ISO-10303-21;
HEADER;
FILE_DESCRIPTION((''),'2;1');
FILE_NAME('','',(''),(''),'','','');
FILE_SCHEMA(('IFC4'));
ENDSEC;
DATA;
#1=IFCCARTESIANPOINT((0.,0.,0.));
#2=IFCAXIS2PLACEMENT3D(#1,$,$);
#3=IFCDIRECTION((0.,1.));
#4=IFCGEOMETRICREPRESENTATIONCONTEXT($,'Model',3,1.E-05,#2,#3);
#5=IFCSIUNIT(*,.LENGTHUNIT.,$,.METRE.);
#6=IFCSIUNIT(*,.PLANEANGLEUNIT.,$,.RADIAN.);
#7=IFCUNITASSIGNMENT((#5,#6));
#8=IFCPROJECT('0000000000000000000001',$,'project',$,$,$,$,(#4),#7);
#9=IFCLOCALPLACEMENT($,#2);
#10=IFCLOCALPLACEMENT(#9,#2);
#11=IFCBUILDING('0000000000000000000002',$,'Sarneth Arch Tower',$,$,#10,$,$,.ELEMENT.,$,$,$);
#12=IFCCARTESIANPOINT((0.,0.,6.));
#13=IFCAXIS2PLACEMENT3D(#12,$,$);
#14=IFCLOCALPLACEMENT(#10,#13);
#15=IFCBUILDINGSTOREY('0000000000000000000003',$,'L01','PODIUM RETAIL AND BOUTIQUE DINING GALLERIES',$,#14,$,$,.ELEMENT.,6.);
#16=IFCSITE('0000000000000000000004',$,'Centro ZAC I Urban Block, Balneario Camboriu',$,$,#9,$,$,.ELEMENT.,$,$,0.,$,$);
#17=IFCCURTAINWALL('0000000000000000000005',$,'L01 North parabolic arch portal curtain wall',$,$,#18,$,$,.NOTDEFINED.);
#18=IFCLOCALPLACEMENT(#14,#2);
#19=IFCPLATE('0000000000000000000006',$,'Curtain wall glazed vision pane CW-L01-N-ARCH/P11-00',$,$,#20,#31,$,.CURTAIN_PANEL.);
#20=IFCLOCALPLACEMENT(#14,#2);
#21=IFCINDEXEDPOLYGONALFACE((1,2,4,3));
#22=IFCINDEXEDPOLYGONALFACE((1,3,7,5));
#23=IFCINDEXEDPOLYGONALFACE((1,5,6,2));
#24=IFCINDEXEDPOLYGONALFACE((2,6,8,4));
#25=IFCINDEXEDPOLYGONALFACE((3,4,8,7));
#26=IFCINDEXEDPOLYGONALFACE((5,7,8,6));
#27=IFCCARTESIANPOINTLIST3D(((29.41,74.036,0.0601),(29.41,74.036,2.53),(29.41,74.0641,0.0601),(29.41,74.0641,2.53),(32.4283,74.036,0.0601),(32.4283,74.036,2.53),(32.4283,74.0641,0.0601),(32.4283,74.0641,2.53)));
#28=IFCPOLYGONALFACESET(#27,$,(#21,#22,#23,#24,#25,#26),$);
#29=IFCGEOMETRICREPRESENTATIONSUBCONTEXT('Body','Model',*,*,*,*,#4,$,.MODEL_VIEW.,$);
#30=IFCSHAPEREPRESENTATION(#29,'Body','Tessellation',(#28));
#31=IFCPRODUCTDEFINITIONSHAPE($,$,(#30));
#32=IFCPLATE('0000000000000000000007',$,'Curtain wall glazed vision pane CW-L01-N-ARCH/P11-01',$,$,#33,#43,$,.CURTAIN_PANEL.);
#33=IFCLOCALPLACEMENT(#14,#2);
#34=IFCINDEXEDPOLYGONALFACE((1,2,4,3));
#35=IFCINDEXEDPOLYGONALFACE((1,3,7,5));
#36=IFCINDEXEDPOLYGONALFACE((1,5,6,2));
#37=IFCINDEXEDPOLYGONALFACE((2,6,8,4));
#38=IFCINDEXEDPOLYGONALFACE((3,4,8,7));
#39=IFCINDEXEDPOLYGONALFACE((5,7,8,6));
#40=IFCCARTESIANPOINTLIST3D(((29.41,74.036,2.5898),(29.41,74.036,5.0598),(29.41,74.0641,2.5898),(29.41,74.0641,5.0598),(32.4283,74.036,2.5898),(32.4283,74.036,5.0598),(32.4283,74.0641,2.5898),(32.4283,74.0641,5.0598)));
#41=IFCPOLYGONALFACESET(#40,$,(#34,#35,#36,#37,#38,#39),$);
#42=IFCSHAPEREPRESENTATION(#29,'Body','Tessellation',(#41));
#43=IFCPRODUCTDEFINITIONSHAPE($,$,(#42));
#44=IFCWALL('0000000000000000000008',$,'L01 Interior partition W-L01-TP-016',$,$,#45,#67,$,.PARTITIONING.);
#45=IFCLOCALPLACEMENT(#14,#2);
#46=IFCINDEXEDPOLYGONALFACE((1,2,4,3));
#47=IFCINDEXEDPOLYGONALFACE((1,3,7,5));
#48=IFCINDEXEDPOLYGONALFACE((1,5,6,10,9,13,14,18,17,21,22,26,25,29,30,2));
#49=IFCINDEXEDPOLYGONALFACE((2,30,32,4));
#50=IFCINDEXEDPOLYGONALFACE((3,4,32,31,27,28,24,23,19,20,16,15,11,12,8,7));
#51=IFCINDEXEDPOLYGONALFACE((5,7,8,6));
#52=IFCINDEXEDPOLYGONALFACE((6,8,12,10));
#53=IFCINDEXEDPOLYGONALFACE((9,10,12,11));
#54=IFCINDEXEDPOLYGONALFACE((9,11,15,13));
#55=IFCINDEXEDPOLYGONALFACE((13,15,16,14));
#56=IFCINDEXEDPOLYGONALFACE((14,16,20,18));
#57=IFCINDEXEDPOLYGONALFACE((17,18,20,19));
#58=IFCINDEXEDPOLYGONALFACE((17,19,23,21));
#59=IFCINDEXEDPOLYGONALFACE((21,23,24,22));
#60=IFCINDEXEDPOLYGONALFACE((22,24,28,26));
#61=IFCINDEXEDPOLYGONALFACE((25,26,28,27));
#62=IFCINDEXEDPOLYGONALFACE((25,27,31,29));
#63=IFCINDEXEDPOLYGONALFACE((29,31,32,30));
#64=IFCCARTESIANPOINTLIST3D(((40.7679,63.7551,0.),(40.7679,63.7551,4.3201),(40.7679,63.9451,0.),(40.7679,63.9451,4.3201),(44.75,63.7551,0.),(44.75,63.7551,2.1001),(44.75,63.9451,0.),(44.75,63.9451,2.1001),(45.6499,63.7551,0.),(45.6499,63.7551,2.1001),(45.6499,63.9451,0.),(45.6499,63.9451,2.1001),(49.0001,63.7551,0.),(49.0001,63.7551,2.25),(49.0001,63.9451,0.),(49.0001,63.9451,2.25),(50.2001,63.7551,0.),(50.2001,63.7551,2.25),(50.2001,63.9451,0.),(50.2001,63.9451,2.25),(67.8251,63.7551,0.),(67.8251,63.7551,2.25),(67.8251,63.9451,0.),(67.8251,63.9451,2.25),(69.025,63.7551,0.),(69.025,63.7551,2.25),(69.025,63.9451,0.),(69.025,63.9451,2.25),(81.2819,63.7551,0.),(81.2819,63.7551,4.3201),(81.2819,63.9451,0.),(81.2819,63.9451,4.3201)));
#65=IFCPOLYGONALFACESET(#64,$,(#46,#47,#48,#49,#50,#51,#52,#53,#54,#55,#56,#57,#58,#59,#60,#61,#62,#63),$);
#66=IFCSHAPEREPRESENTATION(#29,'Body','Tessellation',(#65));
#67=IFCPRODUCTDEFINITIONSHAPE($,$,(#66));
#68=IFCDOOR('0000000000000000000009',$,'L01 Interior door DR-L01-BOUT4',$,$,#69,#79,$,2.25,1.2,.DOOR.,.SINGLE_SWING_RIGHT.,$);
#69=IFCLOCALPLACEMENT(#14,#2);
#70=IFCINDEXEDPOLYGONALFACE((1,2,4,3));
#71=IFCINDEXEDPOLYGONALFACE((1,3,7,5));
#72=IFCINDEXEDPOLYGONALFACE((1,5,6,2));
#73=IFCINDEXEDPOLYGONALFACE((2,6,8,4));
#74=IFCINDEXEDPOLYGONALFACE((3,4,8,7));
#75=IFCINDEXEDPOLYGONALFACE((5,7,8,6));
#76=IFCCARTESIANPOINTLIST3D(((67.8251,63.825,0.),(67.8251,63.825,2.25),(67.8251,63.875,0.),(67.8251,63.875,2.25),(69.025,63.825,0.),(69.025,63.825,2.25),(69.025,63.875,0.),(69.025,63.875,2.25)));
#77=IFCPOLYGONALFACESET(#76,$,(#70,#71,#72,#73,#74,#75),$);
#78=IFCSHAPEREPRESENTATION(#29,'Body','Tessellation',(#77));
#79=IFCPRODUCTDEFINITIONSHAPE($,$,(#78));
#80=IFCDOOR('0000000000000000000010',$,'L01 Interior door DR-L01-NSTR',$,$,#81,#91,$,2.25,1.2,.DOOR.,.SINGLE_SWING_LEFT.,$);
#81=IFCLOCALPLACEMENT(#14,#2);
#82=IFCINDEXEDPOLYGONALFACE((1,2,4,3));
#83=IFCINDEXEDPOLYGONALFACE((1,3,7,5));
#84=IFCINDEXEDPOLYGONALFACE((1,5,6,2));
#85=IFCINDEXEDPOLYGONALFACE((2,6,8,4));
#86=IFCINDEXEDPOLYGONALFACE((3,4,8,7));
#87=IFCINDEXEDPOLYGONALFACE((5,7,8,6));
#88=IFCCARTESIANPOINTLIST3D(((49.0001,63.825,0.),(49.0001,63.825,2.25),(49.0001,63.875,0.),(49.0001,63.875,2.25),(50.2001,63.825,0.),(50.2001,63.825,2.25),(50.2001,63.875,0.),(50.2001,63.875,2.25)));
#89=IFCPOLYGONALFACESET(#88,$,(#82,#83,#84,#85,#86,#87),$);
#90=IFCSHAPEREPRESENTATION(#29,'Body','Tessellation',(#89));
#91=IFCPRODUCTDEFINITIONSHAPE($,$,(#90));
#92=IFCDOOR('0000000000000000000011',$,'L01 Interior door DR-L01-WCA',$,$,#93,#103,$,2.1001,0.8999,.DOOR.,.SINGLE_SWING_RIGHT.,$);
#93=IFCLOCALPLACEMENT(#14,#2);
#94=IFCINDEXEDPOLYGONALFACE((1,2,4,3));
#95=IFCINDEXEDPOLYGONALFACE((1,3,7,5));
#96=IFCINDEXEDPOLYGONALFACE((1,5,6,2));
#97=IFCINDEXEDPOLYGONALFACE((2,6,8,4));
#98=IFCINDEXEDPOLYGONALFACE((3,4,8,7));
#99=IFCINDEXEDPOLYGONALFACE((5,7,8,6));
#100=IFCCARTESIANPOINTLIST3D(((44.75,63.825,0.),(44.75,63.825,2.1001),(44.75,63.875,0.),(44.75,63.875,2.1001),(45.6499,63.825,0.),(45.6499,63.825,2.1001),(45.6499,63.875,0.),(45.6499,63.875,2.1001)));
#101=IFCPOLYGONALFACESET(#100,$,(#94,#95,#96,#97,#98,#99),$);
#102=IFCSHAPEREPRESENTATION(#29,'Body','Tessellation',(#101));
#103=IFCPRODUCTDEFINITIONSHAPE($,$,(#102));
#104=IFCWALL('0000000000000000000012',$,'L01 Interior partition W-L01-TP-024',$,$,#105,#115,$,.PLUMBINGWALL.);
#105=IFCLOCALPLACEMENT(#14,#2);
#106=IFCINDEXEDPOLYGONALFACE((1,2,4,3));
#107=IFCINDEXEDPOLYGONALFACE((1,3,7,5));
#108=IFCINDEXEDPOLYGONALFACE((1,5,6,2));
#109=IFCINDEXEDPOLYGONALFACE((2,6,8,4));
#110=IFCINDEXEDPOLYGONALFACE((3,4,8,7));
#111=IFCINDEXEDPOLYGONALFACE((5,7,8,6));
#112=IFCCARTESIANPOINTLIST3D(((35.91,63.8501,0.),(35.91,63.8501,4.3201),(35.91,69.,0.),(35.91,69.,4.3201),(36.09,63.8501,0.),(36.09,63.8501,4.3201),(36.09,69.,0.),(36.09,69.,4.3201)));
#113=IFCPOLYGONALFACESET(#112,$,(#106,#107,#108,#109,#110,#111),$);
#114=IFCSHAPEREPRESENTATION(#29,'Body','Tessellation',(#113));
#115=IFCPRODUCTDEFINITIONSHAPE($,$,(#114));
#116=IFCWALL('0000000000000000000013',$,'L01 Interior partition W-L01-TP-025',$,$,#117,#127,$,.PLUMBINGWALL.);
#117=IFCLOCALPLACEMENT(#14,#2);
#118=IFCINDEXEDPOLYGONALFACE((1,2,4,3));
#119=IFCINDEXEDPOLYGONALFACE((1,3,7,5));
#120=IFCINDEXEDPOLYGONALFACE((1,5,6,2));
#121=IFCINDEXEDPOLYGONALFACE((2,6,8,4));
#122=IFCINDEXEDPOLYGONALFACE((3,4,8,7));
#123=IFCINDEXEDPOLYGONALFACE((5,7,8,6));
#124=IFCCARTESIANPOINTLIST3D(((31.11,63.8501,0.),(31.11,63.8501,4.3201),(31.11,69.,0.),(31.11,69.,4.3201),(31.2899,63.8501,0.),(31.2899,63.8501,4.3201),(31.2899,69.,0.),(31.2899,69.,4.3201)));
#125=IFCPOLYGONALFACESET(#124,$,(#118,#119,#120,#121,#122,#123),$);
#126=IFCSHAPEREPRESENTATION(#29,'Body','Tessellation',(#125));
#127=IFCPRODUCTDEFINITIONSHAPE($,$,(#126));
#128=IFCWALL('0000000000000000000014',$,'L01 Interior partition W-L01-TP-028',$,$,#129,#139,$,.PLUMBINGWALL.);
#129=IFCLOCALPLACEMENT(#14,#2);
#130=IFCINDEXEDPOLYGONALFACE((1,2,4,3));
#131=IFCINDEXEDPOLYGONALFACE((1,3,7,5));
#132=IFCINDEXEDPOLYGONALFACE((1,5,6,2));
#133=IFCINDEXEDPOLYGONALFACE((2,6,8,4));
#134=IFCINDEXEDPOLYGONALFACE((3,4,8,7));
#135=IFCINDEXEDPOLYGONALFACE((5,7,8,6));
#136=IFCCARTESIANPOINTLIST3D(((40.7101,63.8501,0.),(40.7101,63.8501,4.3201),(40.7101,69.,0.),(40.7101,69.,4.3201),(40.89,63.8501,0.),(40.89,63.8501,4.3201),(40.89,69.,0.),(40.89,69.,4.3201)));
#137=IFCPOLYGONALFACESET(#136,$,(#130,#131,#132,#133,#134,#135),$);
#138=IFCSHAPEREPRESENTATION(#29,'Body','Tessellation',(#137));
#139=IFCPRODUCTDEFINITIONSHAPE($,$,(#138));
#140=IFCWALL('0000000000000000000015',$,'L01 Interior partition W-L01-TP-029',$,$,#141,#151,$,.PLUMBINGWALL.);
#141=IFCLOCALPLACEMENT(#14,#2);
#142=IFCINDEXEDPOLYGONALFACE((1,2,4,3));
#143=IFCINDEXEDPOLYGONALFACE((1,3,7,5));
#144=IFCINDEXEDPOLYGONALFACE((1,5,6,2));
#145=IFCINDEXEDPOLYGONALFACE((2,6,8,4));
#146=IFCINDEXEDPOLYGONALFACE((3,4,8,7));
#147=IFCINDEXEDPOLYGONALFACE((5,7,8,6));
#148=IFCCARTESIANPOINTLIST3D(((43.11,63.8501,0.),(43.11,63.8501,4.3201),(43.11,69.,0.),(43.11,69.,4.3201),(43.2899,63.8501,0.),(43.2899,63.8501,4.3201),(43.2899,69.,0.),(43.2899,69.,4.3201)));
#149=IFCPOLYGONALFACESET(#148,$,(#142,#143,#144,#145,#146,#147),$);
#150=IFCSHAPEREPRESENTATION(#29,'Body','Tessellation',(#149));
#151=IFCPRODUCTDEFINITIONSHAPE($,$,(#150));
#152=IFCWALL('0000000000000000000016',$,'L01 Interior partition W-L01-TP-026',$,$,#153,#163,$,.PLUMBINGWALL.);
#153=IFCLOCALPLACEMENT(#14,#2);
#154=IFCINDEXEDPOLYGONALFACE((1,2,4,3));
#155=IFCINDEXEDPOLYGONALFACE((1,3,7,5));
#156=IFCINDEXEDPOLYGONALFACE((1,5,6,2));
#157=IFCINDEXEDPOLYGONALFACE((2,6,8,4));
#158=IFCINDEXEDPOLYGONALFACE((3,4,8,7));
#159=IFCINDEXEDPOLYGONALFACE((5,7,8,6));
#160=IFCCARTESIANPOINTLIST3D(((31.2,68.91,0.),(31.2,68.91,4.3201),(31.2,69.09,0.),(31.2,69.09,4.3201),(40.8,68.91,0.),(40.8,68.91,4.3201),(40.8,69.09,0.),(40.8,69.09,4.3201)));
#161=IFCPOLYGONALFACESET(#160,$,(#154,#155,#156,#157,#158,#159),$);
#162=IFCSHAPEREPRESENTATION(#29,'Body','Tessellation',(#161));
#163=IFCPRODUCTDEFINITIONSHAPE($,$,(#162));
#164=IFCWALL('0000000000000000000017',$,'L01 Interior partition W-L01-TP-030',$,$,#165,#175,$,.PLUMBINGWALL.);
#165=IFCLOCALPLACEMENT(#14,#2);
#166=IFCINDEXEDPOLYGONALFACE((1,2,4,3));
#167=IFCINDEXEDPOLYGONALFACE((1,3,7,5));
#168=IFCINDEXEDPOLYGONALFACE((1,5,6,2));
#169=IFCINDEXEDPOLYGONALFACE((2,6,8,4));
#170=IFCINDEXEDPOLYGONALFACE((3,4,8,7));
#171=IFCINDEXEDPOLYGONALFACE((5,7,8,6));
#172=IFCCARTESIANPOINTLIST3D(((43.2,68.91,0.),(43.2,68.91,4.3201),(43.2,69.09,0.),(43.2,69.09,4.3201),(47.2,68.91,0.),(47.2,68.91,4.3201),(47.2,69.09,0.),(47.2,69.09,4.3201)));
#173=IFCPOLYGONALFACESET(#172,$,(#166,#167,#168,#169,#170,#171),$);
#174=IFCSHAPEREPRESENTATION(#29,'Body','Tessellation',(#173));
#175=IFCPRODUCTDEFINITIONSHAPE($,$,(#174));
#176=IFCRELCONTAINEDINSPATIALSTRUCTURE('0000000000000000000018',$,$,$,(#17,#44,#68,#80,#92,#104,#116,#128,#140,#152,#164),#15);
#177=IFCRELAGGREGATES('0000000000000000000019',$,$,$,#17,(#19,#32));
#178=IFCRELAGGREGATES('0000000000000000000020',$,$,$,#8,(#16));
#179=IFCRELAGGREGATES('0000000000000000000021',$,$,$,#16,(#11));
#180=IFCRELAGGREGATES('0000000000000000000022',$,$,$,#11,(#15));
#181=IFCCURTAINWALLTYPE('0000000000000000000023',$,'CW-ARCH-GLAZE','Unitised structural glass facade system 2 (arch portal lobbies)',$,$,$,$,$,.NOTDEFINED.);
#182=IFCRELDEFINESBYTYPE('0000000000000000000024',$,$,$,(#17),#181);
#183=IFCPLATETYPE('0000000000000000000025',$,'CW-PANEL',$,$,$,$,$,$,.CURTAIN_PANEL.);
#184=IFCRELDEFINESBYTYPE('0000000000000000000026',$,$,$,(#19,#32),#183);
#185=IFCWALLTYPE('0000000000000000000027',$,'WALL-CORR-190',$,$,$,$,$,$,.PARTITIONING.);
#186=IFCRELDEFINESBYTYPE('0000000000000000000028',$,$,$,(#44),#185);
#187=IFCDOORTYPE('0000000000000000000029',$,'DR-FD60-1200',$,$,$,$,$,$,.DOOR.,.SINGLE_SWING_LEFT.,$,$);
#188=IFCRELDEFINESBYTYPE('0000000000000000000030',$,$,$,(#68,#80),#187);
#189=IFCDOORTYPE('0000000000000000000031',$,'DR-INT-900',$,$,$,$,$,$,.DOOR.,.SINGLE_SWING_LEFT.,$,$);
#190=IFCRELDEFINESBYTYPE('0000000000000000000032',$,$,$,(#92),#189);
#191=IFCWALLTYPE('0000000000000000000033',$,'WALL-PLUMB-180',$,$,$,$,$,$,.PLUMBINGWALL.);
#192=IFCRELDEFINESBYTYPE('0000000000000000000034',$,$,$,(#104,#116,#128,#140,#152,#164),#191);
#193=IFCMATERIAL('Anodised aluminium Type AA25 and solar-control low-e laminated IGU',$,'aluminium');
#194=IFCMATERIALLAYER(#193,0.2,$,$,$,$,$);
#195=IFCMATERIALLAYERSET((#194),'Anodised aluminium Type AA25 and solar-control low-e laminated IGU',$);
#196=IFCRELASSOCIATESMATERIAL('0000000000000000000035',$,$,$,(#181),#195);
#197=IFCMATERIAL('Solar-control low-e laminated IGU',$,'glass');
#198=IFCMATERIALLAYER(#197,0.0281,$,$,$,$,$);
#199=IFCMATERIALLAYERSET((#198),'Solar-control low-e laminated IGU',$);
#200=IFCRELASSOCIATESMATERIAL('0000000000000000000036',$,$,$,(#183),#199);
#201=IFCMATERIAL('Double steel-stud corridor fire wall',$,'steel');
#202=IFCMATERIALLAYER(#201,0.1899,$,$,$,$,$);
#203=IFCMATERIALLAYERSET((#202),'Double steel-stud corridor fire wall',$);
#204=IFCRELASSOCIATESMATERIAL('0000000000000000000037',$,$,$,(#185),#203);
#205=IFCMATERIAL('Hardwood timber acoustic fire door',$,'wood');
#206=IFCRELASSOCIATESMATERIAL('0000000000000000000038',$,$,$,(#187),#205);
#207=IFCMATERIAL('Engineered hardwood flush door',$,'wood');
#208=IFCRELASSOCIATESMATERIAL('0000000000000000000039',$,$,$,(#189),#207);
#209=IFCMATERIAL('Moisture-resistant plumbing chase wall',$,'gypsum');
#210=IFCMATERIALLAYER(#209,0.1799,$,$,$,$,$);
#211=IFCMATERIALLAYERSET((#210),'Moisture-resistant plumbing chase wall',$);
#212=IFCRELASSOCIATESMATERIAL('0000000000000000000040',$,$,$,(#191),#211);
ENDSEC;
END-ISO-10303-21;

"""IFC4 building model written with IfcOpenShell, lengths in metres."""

from ifc_helpers import new_model, si_unit, direction, frame, frame_2d, origin, origin_2d, place, context, subcontext, project, spatial, rectangle, extrude, material, layer, layer_set, type_object, element, fill, aggregate, save


model = new_model("IFC4")

# Units and contexts
model_context = context("Model", 3, precision=1e-05, world=origin(), true_north=direction((0.0, 1.0)))
body_context = subcontext(model_context, "Body", "Model", "MODEL_VIEW")
ifc_project = project(units=[si_unit("LENGTHUNIT", "METRE"), si_unit("PLANEANGLEUNIT", "RADIAN")], contexts=[model_context])

# Site, building, storey
site_placement = place(None, origin())
site = spatial("IfcSite", under=ifc_project, at=site_placement, Name="Centro ZAC I Urban Block, Balneario Camboriu", CompositionType="ELEMENT", RefElevation=0.0)
building_placement = place(site_placement, origin())
building = spatial("IfcBuilding", under=site, at=building_placement, Name="Sarneth Arch Tower", CompositionType="ELEMENT")
storey_placement = place(building_placement, frame((0.0, 0.0, 6.0)))
storey = spatial("IfcBuildingStorey", under=building, at=storey_placement, Name="L01", Description="PODIUM RETAIL AND BOUTIQUE DINING GALLERIES", CompositionType="ELEMENT", Elevation=6.0)

# Curtain wall, plates
ifc_material_1 = material(Name="Anodised aluminium Type AA25 and solar-control low-e laminated IGU", Category="aluminium")
ifc_layer_1 = layer(ifc_material_1, 0.2)
ifc_layer_set_1 = layer_set([ifc_layer_1], Name="Anodised aluminium Type AA25 and solar-control low-e laminated IGU")
curtain_wall_type = type_object("IfcCurtainWallType", Name="CW-ARCH-GLAZE", Description="Unitised structural glass facade system 2 (arch portal lobbies)", PredefinedType="NOTDEFINED", material=ifc_layer_set_1)
curtain_wall_placement = place(storey_placement, origin())
curtain_wall = element("IfcCurtainWall", 1, at=curtain_wall_placement, inside=storey, type_object=curtain_wall_type, Name="L01 North parabolic arch portal curtain wall", PredefinedType="NOTDEFINED")
ifc_material_2 = material(Name="Solar-control low-e laminated IGU", Category="glass")
ifc_layer_2 = layer(ifc_material_2, 0.0281)
ifc_layer_set_2 = layer_set([ifc_layer_2], Name="Solar-control low-e laminated IGU")
plate_type = type_object("IfcPlateType", Name="CW-PANEL", PredefinedType="CURTAIN_PANEL", material=ifc_layer_set_2)
plate_1_placement = place(storey_placement, frame((30.9192, 74.05, 0.0601), z_axis=(0.0, 0.0, 1.0), x_axis=(-1.0, 0.0, 0.0)))
plate_1 = element("IfcPlate", 2, at=plate_1_placement, type_object=plate_type, Name="Curtain wall glazed vision pane CW-L01-N-ARCH/P11-00", PredefinedType="CURTAIN_PANEL", context=body_context, shape_type="SweptSolid", body=[
    extrude(rectangle(XDim=3.0183, YDim=0.0281, at=origin_2d()), origin(), (0.0, 0.0, 1.0), 2.47),
])
plate_2_placement = place(storey_placement, frame((30.9192, 74.05, 2.5898), z_axis=(0.0, 0.0, 1.0), x_axis=(-1.0, 0.0, 0.0)))
plate_2 = element("IfcPlate", 3, at=plate_2_placement, type_object=plate_type, Name="Curtain wall glazed vision pane CW-L01-N-ARCH/P11-01", PredefinedType="CURTAIN_PANEL", context=body_context, shape_type="SweptSolid", body=[
    extrude(rectangle(XDim=3.0183, YDim=0.0281, at=origin_2d()), origin(), (0.0, 0.0, 1.0), 2.47),
])
aggregate(curtain_wall, [plate_1, plate_2])

# Wall, openings, doors
ifc_material_3 = material(Name="Double steel-stud corridor fire wall", Category="steel")
ifc_layer_3 = layer(ifc_material_3, 0.1899)
ifc_layer_set_3 = layer_set([ifc_layer_3], Name="Double steel-stud corridor fire wall")
wall_type_1 = type_object("IfcWallType", Name="WALL-CORR-190", PredefinedType="PARTITIONING", material=ifc_layer_set_3)
wall_1_placement = place(storey_placement, frame((40.7681, 63.8501, 0.0), z_axis=(0.0, 0.0, 1.0), x_axis=(1.0, 0.0, 0.0)))
wall_1 = element("IfcWall", 4, at=wall_1_placement, inside=storey, type_object=wall_type_1, Name="L01 Interior partition W-L01-TP-016", PredefinedType="PARTITIONING", context=body_context, shape_type="SweptSolid", body=[
    extrude(rectangle(XDim=40.5139, YDim=0.1899, at=frame_2d((20.2568, 0.0))), origin(), (0.0, 0.0, 1.0), 4.3201),
])
opening_1_placement = place(wall_1_placement, frame((27.0569, 0.0, 0.0)))
opening_1 = element("IfcOpeningElement", 5, at=opening_1_placement, cuts=wall_1, PredefinedType="OPENING", context=body_context, shape_type="SweptSolid", body=[
    extrude(rectangle(XDim=1.2, YDim=2.25, at=frame_2d((0.6001, 1.125))), frame((0.0, 0.105, 0.0), z_axis=(0.0, -1.0, 0.0), x_axis=(1.0, 0.0, 0.0)), (0.0, 0.0, 1.0), 0.21),
])
opening_2_placement = place(wall_1_placement, frame((8.2319, 0.0, 0.0)))
opening_2 = element("IfcOpeningElement", 6, at=opening_2_placement, cuts=wall_1, PredefinedType="OPENING", context=body_context, shape_type="SweptSolid", body=[
    extrude(rectangle(XDim=1.2, YDim=2.25, at=frame_2d((0.6001, 1.125))), frame((0.0, 0.105, 0.0), z_axis=(0.0, -1.0, 0.0), x_axis=(1.0, 0.0, 0.0)), (0.0, 0.0, 1.0), 0.21),
])
opening_3_placement = place(wall_1_placement, frame((3.9819, 0.0, 0.0)))
opening_3 = element("IfcOpeningElement", 7, at=opening_3_placement, cuts=wall_1, PredefinedType="OPENING", context=body_context, shape_type="SweptSolid", body=[
    extrude(rectangle(XDim=0.8999, YDim=2.1001, at=frame_2d((0.45, 1.05))), frame((0.0, 0.105, 0.0), z_axis=(0.0, -1.0, 0.0), x_axis=(1.0, 0.0, 0.0)), (0.0, 0.0, 1.0), 0.21),
])
ifc_material_4 = material(Name="Hardwood timber acoustic fire door", Category="wood")
door_type_1 = type_object("IfcDoorType", Name="DR-FD60-1200", OperationType="SINGLE_SWING_LEFT", PredefinedType="DOOR", material=ifc_material_4)
door_1_placement = place(opening_1_placement, origin())
door_1 = element("IfcDoor", 8, at=door_1_placement, inside=storey, type_object=door_type_1, Name="L01 Interior door DR-L01-BOUT4", OperationType="SINGLE_SWING_RIGHT", OverallHeight=2.25, OverallWidth=1.2, PredefinedType="DOOR", context=body_context, shape_type="SweptSolid", body=[
    extrude(rectangle(XDim=1.2, YDim=2.25, at=frame_2d((0.6001, 1.125))), frame((0.0, 0.0249, 0.0), z_axis=(0.0, -1.0, 0.0), x_axis=(1.0, 0.0, 0.0)), (0.0, 0.0, 1.0), 0.05),
])
fill(opening_1, door_1)
door_2_placement = place(opening_2_placement, origin())
door_2 = element("IfcDoor", 9, at=door_2_placement, inside=storey, type_object=door_type_1, Name="L01 Interior door DR-L01-NSTR", OperationType="SINGLE_SWING_LEFT", OverallHeight=2.25, OverallWidth=1.2, PredefinedType="DOOR", context=body_context, shape_type="SweptSolid", body=[
    extrude(rectangle(XDim=1.2, YDim=2.25, at=frame_2d((0.6001, 1.125))), frame((0.0, 0.0249, 0.0), z_axis=(0.0, -1.0, 0.0), x_axis=(1.0, 0.0, 0.0)), (0.0, 0.0, 1.0), 0.05),
])
fill(opening_2, door_2)
ifc_material_5 = material(Name="Engineered hardwood flush door", Category="wood")
door_type_2 = type_object("IfcDoorType", Name="DR-INT-900", OperationType="SINGLE_SWING_LEFT", PredefinedType="DOOR", material=ifc_material_5)
door_3_placement = place(opening_3_placement, origin())
door_3 = element("IfcDoor", 10, at=door_3_placement, inside=storey, type_object=door_type_2, Name="L01 Interior door DR-L01-WCA", OperationType="SINGLE_SWING_RIGHT", OverallHeight=2.1001, OverallWidth=0.8999, PredefinedType="DOOR", context=body_context, shape_type="SweptSolid", body=[
    extrude(rectangle(XDim=0.8999, YDim=2.1001, at=frame_2d((0.45, 1.05))), frame((0.0, 0.0249, 0.0), z_axis=(0.0, -1.0, 0.0), x_axis=(1.0, 0.0, 0.0)), (0.0, 0.0, 1.0), 0.05),
])
fill(opening_3, door_3)

# Walls
ifc_material_6 = material(Name="Moisture-resistant plumbing chase wall", Category="gypsum")
ifc_layer_4 = layer(ifc_material_6, 0.1799)
ifc_layer_set_4 = layer_set([ifc_layer_4], Name="Moisture-resistant plumbing chase wall")
wall_type_2 = type_object("IfcWallType", Name="WALL-PLUMB-180", PredefinedType="PLUMBINGWALL", material=ifc_layer_set_4)
for number, where, z_axis, x_axis, name in (
    (11, (36.0, 69.0, 0.0), (0.0, 0.0, 1.0), (0.0, -1.0, 0.0), "L01 Interior partition W-L01-TP-024"),
    (12, (31.2, 63.8501, 0.0), (0.0, 0.0, 1.0), (0.0, 1.0, 0.0), "L01 Interior partition W-L01-TP-025"),
    (13, (40.8, 69.0, 0.0), (0.0, 0.0, 1.0), (0.0, -1.0, 0.0), "L01 Interior partition W-L01-TP-028"),
    (14, (43.2, 63.8501, 0.0), (0.0, 0.0, 1.0), (0.0, 1.0, 0.0), "L01 Interior partition W-L01-TP-029"),
):
    element("IfcWall", number, at=place(storey_placement, frame(where, z_axis=z_axis, x_axis=x_axis)), inside=storey, type_object=wall_type_2, Name=name, PredefinedType="PLUMBINGWALL", context=body_context, shape_type="SweptSolid", body=[
        extrude(rectangle(XDim=5.1499, YDim=0.1799, at=frame_2d((2.575, 0.0))), origin(), (0.0, 0.0, 1.0), 4.3201),
    ])
wall_2_placement = place(storey_placement, frame((31.2, 69.0, 0.0), z_axis=(0.0, 0.0, 1.0), x_axis=(1.0, 0.0, 0.0)))
element("IfcWall", 15, at=wall_2_placement, inside=storey, type_object=wall_type_2, Name="L01 Interior partition W-L01-TP-026", PredefinedType="PLUMBINGWALL", context=body_context, shape_type="SweptSolid", body=[
    extrude(rectangle(XDim=9.6001, YDim=0.1799, at=frame_2d((4.8, 0.0))), origin(), (0.0, 0.0, 1.0), 4.3201),
])
wall_3_placement = place(storey_placement, frame((43.2, 69.0, 0.0), z_axis=(0.0, 0.0, 1.0), x_axis=(1.0, 0.0, 0.0)))
element("IfcWall", 16, at=wall_3_placement, inside=storey, type_object=wall_type_2, Name="L01 Interior partition W-L01-TP-030", PredefinedType="PLUMBINGWALL", context=body_context, shape_type="SweptSolid", body=[
    extrude(rectangle(XDim=4.0, YDim=0.1799, at=frame_2d((2.0, 0.0))), origin(), (0.0, 0.0, 1.0), 4.3201),
])

save(model, "model.ifc")
